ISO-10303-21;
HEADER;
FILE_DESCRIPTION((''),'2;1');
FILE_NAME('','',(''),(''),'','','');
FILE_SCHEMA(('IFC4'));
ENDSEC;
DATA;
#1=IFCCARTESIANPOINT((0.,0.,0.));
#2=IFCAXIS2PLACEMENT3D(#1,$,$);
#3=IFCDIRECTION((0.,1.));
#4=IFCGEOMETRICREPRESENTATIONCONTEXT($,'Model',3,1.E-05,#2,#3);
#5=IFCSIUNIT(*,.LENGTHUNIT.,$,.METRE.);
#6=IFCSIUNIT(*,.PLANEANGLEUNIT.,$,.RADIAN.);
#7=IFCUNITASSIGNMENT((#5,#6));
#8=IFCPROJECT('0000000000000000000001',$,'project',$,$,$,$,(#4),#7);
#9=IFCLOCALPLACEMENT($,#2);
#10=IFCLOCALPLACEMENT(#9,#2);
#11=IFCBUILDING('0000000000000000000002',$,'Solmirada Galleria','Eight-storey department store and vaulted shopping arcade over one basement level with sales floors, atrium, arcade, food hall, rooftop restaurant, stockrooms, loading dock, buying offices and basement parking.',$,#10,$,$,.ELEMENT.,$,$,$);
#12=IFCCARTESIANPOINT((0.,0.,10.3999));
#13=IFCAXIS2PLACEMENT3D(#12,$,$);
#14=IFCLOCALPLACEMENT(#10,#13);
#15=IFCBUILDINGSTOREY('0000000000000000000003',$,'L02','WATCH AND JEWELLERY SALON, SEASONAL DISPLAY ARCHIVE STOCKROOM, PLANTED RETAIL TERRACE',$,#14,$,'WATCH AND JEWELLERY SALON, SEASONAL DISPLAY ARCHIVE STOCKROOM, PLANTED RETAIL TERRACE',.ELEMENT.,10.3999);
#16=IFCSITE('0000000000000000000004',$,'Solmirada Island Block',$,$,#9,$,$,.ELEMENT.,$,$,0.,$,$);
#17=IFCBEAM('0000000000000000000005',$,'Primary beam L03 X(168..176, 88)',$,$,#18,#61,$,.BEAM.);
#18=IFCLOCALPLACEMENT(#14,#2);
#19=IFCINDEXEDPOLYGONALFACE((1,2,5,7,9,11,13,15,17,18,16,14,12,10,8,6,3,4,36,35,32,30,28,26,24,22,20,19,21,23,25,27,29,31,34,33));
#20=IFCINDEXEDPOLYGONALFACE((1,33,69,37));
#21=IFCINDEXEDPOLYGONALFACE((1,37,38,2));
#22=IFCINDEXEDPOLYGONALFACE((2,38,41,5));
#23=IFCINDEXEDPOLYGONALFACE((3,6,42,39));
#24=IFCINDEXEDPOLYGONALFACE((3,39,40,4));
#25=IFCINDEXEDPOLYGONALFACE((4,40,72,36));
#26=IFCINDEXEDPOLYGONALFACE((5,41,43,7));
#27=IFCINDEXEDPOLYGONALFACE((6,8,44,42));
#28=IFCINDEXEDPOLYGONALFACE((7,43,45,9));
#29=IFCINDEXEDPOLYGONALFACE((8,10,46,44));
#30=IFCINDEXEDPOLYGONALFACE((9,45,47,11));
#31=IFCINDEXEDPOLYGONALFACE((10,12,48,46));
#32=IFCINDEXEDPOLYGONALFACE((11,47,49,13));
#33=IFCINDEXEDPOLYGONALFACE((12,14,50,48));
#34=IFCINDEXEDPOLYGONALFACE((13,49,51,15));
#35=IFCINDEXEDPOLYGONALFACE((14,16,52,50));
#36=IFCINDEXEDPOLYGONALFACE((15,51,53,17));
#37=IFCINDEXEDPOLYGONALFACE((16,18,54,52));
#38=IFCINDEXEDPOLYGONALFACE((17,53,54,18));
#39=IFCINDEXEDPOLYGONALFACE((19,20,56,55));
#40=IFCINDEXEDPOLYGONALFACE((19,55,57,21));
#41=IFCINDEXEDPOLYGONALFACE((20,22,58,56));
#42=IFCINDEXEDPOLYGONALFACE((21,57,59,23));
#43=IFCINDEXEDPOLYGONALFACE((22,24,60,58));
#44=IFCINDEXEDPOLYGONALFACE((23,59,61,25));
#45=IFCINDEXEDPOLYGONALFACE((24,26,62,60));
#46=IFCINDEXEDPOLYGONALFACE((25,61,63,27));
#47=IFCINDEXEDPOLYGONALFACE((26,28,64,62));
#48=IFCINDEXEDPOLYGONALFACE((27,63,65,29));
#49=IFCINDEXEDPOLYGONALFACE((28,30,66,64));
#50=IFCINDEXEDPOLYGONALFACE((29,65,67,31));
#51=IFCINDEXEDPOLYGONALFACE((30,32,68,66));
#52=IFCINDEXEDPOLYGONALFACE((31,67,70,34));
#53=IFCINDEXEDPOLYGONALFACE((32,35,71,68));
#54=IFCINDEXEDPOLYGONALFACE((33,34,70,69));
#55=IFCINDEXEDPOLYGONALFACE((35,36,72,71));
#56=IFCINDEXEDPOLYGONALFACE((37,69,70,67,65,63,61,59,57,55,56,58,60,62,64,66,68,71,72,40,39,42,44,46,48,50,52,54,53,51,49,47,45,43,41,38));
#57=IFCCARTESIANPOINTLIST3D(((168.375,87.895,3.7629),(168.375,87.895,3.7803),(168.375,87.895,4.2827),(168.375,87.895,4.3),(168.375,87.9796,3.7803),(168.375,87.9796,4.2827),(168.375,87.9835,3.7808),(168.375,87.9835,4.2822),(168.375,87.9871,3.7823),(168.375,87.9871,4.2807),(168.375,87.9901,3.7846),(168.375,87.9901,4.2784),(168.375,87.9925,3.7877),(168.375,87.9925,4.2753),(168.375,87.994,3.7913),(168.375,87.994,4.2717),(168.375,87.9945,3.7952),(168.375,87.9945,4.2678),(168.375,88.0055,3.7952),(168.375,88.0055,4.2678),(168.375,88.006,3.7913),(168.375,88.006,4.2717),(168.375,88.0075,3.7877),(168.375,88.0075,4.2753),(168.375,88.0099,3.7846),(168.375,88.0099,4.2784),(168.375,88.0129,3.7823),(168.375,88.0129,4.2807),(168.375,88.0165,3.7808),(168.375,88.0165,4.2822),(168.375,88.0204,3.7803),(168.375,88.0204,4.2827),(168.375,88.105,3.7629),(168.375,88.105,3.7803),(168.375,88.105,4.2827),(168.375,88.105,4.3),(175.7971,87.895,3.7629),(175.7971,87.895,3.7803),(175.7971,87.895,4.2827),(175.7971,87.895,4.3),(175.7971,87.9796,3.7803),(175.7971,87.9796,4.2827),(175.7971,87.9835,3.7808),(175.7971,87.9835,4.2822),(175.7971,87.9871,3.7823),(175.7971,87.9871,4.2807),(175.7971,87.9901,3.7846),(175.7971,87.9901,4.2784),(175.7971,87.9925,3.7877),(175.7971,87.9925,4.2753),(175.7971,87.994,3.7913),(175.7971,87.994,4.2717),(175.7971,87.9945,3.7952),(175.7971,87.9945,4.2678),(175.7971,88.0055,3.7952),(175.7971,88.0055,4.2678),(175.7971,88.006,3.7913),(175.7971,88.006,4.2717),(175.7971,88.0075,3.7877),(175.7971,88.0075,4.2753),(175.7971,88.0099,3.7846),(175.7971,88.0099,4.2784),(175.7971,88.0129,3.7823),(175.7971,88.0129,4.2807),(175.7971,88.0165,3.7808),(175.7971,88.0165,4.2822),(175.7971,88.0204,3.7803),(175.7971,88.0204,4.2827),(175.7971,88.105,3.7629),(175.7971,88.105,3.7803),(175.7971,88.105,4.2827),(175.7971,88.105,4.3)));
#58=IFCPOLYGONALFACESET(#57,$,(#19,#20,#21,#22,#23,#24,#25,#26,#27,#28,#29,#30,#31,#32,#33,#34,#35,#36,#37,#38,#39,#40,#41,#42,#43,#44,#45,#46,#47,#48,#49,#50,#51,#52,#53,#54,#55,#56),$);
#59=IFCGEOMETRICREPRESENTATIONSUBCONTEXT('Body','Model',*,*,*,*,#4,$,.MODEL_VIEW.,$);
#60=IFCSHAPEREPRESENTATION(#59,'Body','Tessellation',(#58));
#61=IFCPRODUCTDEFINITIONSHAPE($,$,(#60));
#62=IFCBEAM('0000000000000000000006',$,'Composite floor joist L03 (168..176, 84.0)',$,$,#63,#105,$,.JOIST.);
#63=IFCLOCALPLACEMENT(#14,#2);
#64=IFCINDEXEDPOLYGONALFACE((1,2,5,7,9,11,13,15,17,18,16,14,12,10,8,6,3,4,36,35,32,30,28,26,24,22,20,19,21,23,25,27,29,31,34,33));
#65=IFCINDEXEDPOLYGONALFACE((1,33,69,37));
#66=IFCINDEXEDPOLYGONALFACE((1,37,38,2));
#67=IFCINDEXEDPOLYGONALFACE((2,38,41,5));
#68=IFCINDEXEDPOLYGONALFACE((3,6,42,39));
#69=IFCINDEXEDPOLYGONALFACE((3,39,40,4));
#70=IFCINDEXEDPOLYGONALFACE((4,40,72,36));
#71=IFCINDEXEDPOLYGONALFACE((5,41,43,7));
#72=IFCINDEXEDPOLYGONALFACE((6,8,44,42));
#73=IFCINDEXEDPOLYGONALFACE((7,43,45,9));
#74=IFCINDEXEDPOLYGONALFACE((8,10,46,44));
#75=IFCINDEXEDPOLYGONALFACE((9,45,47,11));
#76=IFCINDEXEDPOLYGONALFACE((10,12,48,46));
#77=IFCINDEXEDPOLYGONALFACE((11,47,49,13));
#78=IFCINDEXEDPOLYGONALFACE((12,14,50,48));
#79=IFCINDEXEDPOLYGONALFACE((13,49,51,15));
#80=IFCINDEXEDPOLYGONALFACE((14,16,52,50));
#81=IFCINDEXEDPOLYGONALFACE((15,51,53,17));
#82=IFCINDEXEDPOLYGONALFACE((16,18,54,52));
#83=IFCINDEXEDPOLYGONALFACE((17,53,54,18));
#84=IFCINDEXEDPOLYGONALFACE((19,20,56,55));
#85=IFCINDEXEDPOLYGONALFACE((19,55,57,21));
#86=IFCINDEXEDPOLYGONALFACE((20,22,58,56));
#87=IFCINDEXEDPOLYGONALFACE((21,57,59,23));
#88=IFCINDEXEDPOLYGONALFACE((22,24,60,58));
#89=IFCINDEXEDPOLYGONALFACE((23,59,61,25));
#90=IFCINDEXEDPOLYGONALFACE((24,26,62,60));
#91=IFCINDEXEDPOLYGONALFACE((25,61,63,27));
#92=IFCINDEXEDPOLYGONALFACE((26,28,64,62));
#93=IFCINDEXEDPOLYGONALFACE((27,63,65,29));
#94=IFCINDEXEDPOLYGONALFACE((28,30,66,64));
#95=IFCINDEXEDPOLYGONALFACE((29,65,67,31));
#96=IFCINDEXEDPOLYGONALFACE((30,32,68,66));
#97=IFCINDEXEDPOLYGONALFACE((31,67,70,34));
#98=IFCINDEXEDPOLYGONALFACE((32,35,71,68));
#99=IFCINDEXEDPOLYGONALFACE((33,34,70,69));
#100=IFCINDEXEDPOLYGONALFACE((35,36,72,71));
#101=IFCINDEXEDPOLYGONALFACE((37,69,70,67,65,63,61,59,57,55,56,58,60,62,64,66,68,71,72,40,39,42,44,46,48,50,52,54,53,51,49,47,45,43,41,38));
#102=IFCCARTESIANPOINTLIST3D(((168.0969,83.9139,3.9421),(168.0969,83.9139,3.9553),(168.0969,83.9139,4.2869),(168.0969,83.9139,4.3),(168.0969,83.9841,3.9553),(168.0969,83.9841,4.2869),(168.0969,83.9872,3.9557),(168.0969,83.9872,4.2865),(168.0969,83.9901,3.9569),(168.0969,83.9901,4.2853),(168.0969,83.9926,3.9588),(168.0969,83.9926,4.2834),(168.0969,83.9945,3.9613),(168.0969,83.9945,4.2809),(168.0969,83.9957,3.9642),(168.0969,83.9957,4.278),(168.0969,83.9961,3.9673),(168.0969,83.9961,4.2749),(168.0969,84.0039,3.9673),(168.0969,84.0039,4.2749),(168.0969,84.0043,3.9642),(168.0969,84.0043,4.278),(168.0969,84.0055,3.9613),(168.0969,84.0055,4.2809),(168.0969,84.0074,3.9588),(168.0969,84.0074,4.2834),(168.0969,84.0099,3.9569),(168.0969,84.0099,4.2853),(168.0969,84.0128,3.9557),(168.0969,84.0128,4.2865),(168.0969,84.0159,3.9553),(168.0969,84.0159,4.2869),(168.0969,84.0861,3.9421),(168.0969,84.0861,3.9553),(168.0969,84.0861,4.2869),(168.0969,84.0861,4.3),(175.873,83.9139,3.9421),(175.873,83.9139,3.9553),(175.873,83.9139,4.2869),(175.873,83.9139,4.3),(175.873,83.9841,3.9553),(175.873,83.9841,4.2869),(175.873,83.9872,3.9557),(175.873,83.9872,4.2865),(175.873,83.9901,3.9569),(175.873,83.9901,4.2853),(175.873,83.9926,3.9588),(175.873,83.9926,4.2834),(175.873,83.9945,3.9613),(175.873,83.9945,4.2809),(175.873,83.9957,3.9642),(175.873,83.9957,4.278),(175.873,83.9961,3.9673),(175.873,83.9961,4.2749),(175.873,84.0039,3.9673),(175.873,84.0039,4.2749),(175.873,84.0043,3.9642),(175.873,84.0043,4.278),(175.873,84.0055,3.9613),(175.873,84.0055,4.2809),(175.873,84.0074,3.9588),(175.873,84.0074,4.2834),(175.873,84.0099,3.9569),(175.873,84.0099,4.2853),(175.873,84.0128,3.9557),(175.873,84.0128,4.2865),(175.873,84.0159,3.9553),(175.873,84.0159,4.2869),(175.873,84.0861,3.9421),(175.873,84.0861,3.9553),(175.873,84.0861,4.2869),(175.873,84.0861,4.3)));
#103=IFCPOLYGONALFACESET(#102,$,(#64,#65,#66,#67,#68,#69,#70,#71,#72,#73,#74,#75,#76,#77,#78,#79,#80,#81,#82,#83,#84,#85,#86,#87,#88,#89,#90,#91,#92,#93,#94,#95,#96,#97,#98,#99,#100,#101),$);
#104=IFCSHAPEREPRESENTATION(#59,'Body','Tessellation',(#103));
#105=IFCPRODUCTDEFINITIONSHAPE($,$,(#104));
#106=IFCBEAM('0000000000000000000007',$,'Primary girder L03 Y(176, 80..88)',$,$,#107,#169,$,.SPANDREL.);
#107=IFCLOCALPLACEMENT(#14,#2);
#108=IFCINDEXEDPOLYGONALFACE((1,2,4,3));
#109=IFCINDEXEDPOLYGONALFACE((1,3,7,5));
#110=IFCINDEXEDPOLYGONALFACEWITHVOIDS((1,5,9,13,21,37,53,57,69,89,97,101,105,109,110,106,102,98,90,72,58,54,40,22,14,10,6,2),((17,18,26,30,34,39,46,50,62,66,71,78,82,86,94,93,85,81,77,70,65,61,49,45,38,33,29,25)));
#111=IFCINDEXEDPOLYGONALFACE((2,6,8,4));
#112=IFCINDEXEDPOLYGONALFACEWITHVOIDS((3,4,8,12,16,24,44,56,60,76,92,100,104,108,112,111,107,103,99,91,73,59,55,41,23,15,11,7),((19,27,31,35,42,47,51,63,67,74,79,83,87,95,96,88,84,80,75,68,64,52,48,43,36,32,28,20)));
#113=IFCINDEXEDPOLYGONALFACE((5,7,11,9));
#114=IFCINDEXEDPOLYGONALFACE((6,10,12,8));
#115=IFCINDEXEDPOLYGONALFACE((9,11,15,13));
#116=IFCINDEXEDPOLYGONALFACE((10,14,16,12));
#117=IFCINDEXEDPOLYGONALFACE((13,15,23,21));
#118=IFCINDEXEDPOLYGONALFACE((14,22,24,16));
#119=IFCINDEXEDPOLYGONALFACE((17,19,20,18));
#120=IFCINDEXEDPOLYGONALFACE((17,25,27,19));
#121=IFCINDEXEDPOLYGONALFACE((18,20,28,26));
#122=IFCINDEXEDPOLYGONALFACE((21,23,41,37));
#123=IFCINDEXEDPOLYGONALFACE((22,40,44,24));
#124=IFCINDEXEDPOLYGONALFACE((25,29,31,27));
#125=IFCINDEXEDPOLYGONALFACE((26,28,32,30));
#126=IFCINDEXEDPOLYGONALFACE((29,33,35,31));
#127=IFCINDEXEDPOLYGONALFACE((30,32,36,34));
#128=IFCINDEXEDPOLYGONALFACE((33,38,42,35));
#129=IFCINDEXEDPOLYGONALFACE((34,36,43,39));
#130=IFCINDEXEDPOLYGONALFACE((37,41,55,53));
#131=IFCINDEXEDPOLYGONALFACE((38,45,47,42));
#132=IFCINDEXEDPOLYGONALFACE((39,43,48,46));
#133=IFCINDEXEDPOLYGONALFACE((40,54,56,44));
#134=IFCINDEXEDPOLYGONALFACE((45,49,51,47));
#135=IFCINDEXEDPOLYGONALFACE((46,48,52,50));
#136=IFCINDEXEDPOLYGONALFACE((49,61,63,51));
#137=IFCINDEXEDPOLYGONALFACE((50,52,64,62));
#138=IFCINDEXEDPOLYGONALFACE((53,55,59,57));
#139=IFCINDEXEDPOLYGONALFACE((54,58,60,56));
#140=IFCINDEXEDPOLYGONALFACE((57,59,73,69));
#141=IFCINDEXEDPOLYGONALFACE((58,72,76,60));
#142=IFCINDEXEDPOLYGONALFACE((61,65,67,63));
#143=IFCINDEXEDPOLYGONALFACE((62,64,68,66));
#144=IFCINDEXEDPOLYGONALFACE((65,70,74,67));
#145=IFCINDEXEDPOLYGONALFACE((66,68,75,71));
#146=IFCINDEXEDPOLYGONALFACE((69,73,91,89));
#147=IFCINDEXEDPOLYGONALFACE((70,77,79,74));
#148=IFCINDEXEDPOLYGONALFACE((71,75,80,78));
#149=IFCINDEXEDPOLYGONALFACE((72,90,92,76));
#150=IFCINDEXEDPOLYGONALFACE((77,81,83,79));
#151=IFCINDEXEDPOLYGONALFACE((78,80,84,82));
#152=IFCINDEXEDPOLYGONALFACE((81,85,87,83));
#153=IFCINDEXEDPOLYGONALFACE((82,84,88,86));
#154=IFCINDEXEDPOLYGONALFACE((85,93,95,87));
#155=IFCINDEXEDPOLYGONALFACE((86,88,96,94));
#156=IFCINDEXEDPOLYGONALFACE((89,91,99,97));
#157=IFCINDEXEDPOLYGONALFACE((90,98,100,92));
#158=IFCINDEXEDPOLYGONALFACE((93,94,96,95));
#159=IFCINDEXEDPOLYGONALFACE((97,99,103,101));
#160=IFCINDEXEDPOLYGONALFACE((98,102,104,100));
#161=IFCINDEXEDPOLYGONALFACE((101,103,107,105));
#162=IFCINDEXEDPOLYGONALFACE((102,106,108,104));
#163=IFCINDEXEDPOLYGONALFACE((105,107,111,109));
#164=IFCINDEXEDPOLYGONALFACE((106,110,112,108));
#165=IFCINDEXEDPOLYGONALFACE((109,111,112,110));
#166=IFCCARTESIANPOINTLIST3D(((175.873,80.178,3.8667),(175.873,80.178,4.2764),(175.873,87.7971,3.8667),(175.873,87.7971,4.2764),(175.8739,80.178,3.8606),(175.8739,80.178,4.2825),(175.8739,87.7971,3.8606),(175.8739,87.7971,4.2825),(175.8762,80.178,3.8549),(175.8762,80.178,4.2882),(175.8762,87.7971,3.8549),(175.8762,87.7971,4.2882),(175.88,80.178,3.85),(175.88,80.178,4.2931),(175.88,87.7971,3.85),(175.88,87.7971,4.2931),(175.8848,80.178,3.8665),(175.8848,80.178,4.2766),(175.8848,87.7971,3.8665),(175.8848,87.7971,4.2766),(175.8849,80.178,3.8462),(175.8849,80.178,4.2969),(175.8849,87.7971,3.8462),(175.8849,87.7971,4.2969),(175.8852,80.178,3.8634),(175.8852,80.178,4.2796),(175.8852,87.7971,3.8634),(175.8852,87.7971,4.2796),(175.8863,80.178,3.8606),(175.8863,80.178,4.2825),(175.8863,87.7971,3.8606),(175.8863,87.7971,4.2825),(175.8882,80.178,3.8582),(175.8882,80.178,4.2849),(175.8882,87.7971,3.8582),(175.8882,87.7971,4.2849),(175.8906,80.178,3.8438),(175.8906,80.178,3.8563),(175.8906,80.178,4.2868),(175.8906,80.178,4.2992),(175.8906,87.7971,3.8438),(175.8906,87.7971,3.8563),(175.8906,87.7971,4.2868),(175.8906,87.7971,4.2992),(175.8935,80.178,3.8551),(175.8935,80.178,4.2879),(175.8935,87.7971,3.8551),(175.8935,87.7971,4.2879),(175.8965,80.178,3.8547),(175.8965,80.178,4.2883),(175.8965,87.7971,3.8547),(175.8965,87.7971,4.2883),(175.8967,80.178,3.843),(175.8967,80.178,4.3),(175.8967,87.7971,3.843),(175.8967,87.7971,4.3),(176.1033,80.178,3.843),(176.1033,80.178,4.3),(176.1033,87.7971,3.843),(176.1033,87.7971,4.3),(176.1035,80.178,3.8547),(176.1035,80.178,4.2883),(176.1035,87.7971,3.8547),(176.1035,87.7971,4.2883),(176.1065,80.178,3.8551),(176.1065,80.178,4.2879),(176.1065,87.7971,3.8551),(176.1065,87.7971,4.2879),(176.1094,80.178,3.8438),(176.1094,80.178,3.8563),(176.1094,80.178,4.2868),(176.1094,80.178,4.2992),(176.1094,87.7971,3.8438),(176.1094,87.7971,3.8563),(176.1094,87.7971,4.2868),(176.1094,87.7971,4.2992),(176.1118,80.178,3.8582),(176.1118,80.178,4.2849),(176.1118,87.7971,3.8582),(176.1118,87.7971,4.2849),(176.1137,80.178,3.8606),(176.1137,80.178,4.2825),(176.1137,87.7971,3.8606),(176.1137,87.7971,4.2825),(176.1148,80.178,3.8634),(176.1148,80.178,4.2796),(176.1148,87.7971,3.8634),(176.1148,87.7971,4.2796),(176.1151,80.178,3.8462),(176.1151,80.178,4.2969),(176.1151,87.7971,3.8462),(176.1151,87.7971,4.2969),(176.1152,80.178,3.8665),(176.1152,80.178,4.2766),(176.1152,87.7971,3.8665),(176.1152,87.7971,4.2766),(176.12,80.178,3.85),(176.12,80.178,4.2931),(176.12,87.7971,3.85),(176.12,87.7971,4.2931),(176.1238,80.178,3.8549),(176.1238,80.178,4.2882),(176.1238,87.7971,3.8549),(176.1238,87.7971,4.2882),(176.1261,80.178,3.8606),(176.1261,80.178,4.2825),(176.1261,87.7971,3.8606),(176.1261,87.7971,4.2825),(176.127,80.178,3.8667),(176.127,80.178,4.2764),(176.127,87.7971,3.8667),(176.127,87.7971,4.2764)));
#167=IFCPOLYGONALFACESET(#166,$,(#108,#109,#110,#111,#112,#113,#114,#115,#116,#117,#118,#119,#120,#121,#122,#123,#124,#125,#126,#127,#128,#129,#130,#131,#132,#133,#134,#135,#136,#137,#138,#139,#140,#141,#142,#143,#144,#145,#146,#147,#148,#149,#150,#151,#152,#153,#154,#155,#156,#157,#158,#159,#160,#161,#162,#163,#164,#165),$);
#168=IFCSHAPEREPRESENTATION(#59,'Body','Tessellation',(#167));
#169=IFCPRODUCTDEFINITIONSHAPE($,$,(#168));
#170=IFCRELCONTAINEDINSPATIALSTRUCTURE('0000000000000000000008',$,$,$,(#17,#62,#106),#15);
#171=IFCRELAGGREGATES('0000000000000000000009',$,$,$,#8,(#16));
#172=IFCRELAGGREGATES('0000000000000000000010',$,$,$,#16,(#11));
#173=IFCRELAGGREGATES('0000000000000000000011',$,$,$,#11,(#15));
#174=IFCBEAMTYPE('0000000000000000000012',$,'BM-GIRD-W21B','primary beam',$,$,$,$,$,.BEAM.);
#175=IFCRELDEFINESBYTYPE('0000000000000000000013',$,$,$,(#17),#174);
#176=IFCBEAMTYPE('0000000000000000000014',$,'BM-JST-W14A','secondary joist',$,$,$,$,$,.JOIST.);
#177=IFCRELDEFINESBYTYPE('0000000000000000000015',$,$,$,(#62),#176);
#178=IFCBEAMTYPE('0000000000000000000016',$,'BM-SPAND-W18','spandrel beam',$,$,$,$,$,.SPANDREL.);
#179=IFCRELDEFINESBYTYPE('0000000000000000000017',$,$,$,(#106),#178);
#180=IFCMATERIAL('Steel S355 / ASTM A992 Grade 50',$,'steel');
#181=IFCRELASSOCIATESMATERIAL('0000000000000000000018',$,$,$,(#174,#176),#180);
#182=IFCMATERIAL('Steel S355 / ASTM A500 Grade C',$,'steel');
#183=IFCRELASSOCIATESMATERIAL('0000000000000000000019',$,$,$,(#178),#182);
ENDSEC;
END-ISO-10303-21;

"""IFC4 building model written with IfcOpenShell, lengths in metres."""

from ifc_helpers import new_model, si_unit, direction, frame, origin, origin_2d, place, context, subcontext, project, spatial, hollow_rectangle, i_section, extrude, material, material_profile, profile_set, type_object, element, save


model = new_model("IFC4")

# Units and contexts
model_context = context("Model", 3, precision=1e-05, world=origin(), true_north=direction((0.0, 1.0)))
body_context = subcontext(model_context, "Body", "Model", "MODEL_VIEW")
ifc_project = project(units=[si_unit("LENGTHUNIT", "METRE"), si_unit("PLANEANGLEUNIT", "RADIAN")], contexts=[model_context])

# Site, building, storey
site_placement = place(None, origin())
site = spatial("IfcSite", under=ifc_project, at=site_placement, Name="Solmirada Island Block", CompositionType="ELEMENT", RefElevation=0.0)
building_placement = place(site_placement, origin())
building = spatial("IfcBuilding", under=site, at=building_placement, Name="Solmirada Galleria", Description="Eight-storey department store and vaulted shopping arcade over one basement level with sales floors, atrium, arcade, food hall, rooftop restaurant, stockrooms, loading dock, buying offices and basement parking.", CompositionType="ELEMENT")
storey_placement = place(building_placement, frame((0.0, 0.0, 10.3999)))
storey = spatial("IfcBuildingStorey", under=building, at=storey_placement, Name="L02", Description="WATCH AND JEWELLERY SALON, SEASONAL DISPLAY ARCHIVE STOCKROOM, PLANTED RETAIL TERRACE", LongName="WATCH AND JEWELLERY SALON, SEASONAL DISPLAY ARCHIVE STOCKROOM, PLANTED RETAIL TERRACE", CompositionType="ELEMENT", Elevation=10.3999)

# Shared definitions
ifc_material_1 = material(Name="Steel S355 / ASTM A500 Grade C", Category="steel")

# Beams
ifc_material_2 = material(Name="Steel S355 / ASTM A992 Grade 50", Category="steel")
ifc_material_profile_1 = material_profile(ifc_material_2, i_section(OverallWidth=0.21, OverallDepth=0.5371, WebThickness=0.011, FlangeThickness=0.0173, FilletRadius=0.0149, at=origin_2d()), Name="W21X68")
ifc_profile_set_1 = profile_set([ifc_material_profile_1], Name="Steel S355 / ASTM A992 Grade 50")
beam_type_1 = type_object("IfcBeamType", Name="BM-GIRD-W21B", Description="primary beam", PredefinedType="BEAM", material=ifc_profile_set_1)
beam_1_placement = place(storey_placement, frame((168.375, 88.0, 4.0315), z_axis=(1.0, 0.0, 0.0), x_axis=(0.0, 1.0, 0.0)))
element("IfcBeam", 1, at=beam_1_placement, inside=storey, type_object=beam_type_1, Name="Primary beam L03 X(168..176, 88)", PredefinedType="BEAM", context=body_context, shape_type="SweptSolid", body=[
    extrude(i_section(OverallWidth=0.21, OverallDepth=0.5371, WebThickness=0.011, FlangeThickness=0.0173, FilletRadius=0.0149, at=origin_2d()), origin(), (0.0, 0.0, 1.0), 7.4221),
])
ifc_material_profile_2 = material_profile(ifc_material_2, i_section(OverallWidth=0.1721, OverallDepth=0.3579, WebThickness=0.0078, FlangeThickness=0.0132, FilletRadius=0.012, at=origin_2d()), Name="W14X38")
ifc_profile_set_2 = profile_set([ifc_material_profile_2], Name="Steel S355 / ASTM A992 Grade 50")
beam_type_2 = type_object("IfcBeamType", Name="BM-JST-W14A", Description="secondary joist", PredefinedType="JOIST", material=ifc_profile_set_2)
beam_2_placement = place(storey_placement, frame((168.0969, 84.0, 4.1211), z_axis=(1.0, 0.0, 0.0), x_axis=(0.0, 1.0, 0.0)))
element("IfcBeam", 2, at=beam_2_placement, inside=storey, type_object=beam_type_2, Name="Composite floor joist L03 (168..176, 84.0)", PredefinedType="JOIST", context=body_context, shape_type="SweptSolid", body=[
    extrude(i_section(OverallWidth=0.1721, OverallDepth=0.3579, WebThickness=0.0078, FlangeThickness=0.0132, FilletRadius=0.012, at=origin_2d()), origin(), (0.0, 0.0, 1.0), 7.7761),
])
ifc_material_profile_3 = material_profile(ifc_material_1, hollow_rectangle(XDim=0.2539, YDim=0.457, WallThickness=0.0117, InnerFilletRadius=0.0117, OuterFilletRadius=0.0237, at=origin_2d()), Name="HSS18X10X1/2")
ifc_profile_set_3 = profile_set([ifc_material_profile_3], Name="Steel S355 / ASTM A500 Grade C")
beam_type_3 = type_object("IfcBeamType", Name="BM-SPAND-W18", Description="spandrel beam", PredefinedType="SPANDREL", material=ifc_profile_set_3)
beam_3_placement = place(storey_placement, frame((176.0, 80.178, 4.0715), z_axis=(0.0, 1.0, 0.0), x_axis=(-1.0, 0.0, 0.0)))
element("IfcBeam", 3, at=beam_3_placement, inside=storey, type_object=beam_type_3, Name="Primary girder L03 Y(176, 80..88)", PredefinedType="SPANDREL", context=body_context, shape_type="SweptSolid", body=[
    extrude(hollow_rectangle(XDim=0.2539, YDim=0.457, WallThickness=0.0117, InnerFilletRadius=0.0117, OuterFilletRadius=0.0237, at=origin_2d()), origin(), (0.0, 0.0, 1.0), 7.6191),
])

save(model, "model.ifc")
